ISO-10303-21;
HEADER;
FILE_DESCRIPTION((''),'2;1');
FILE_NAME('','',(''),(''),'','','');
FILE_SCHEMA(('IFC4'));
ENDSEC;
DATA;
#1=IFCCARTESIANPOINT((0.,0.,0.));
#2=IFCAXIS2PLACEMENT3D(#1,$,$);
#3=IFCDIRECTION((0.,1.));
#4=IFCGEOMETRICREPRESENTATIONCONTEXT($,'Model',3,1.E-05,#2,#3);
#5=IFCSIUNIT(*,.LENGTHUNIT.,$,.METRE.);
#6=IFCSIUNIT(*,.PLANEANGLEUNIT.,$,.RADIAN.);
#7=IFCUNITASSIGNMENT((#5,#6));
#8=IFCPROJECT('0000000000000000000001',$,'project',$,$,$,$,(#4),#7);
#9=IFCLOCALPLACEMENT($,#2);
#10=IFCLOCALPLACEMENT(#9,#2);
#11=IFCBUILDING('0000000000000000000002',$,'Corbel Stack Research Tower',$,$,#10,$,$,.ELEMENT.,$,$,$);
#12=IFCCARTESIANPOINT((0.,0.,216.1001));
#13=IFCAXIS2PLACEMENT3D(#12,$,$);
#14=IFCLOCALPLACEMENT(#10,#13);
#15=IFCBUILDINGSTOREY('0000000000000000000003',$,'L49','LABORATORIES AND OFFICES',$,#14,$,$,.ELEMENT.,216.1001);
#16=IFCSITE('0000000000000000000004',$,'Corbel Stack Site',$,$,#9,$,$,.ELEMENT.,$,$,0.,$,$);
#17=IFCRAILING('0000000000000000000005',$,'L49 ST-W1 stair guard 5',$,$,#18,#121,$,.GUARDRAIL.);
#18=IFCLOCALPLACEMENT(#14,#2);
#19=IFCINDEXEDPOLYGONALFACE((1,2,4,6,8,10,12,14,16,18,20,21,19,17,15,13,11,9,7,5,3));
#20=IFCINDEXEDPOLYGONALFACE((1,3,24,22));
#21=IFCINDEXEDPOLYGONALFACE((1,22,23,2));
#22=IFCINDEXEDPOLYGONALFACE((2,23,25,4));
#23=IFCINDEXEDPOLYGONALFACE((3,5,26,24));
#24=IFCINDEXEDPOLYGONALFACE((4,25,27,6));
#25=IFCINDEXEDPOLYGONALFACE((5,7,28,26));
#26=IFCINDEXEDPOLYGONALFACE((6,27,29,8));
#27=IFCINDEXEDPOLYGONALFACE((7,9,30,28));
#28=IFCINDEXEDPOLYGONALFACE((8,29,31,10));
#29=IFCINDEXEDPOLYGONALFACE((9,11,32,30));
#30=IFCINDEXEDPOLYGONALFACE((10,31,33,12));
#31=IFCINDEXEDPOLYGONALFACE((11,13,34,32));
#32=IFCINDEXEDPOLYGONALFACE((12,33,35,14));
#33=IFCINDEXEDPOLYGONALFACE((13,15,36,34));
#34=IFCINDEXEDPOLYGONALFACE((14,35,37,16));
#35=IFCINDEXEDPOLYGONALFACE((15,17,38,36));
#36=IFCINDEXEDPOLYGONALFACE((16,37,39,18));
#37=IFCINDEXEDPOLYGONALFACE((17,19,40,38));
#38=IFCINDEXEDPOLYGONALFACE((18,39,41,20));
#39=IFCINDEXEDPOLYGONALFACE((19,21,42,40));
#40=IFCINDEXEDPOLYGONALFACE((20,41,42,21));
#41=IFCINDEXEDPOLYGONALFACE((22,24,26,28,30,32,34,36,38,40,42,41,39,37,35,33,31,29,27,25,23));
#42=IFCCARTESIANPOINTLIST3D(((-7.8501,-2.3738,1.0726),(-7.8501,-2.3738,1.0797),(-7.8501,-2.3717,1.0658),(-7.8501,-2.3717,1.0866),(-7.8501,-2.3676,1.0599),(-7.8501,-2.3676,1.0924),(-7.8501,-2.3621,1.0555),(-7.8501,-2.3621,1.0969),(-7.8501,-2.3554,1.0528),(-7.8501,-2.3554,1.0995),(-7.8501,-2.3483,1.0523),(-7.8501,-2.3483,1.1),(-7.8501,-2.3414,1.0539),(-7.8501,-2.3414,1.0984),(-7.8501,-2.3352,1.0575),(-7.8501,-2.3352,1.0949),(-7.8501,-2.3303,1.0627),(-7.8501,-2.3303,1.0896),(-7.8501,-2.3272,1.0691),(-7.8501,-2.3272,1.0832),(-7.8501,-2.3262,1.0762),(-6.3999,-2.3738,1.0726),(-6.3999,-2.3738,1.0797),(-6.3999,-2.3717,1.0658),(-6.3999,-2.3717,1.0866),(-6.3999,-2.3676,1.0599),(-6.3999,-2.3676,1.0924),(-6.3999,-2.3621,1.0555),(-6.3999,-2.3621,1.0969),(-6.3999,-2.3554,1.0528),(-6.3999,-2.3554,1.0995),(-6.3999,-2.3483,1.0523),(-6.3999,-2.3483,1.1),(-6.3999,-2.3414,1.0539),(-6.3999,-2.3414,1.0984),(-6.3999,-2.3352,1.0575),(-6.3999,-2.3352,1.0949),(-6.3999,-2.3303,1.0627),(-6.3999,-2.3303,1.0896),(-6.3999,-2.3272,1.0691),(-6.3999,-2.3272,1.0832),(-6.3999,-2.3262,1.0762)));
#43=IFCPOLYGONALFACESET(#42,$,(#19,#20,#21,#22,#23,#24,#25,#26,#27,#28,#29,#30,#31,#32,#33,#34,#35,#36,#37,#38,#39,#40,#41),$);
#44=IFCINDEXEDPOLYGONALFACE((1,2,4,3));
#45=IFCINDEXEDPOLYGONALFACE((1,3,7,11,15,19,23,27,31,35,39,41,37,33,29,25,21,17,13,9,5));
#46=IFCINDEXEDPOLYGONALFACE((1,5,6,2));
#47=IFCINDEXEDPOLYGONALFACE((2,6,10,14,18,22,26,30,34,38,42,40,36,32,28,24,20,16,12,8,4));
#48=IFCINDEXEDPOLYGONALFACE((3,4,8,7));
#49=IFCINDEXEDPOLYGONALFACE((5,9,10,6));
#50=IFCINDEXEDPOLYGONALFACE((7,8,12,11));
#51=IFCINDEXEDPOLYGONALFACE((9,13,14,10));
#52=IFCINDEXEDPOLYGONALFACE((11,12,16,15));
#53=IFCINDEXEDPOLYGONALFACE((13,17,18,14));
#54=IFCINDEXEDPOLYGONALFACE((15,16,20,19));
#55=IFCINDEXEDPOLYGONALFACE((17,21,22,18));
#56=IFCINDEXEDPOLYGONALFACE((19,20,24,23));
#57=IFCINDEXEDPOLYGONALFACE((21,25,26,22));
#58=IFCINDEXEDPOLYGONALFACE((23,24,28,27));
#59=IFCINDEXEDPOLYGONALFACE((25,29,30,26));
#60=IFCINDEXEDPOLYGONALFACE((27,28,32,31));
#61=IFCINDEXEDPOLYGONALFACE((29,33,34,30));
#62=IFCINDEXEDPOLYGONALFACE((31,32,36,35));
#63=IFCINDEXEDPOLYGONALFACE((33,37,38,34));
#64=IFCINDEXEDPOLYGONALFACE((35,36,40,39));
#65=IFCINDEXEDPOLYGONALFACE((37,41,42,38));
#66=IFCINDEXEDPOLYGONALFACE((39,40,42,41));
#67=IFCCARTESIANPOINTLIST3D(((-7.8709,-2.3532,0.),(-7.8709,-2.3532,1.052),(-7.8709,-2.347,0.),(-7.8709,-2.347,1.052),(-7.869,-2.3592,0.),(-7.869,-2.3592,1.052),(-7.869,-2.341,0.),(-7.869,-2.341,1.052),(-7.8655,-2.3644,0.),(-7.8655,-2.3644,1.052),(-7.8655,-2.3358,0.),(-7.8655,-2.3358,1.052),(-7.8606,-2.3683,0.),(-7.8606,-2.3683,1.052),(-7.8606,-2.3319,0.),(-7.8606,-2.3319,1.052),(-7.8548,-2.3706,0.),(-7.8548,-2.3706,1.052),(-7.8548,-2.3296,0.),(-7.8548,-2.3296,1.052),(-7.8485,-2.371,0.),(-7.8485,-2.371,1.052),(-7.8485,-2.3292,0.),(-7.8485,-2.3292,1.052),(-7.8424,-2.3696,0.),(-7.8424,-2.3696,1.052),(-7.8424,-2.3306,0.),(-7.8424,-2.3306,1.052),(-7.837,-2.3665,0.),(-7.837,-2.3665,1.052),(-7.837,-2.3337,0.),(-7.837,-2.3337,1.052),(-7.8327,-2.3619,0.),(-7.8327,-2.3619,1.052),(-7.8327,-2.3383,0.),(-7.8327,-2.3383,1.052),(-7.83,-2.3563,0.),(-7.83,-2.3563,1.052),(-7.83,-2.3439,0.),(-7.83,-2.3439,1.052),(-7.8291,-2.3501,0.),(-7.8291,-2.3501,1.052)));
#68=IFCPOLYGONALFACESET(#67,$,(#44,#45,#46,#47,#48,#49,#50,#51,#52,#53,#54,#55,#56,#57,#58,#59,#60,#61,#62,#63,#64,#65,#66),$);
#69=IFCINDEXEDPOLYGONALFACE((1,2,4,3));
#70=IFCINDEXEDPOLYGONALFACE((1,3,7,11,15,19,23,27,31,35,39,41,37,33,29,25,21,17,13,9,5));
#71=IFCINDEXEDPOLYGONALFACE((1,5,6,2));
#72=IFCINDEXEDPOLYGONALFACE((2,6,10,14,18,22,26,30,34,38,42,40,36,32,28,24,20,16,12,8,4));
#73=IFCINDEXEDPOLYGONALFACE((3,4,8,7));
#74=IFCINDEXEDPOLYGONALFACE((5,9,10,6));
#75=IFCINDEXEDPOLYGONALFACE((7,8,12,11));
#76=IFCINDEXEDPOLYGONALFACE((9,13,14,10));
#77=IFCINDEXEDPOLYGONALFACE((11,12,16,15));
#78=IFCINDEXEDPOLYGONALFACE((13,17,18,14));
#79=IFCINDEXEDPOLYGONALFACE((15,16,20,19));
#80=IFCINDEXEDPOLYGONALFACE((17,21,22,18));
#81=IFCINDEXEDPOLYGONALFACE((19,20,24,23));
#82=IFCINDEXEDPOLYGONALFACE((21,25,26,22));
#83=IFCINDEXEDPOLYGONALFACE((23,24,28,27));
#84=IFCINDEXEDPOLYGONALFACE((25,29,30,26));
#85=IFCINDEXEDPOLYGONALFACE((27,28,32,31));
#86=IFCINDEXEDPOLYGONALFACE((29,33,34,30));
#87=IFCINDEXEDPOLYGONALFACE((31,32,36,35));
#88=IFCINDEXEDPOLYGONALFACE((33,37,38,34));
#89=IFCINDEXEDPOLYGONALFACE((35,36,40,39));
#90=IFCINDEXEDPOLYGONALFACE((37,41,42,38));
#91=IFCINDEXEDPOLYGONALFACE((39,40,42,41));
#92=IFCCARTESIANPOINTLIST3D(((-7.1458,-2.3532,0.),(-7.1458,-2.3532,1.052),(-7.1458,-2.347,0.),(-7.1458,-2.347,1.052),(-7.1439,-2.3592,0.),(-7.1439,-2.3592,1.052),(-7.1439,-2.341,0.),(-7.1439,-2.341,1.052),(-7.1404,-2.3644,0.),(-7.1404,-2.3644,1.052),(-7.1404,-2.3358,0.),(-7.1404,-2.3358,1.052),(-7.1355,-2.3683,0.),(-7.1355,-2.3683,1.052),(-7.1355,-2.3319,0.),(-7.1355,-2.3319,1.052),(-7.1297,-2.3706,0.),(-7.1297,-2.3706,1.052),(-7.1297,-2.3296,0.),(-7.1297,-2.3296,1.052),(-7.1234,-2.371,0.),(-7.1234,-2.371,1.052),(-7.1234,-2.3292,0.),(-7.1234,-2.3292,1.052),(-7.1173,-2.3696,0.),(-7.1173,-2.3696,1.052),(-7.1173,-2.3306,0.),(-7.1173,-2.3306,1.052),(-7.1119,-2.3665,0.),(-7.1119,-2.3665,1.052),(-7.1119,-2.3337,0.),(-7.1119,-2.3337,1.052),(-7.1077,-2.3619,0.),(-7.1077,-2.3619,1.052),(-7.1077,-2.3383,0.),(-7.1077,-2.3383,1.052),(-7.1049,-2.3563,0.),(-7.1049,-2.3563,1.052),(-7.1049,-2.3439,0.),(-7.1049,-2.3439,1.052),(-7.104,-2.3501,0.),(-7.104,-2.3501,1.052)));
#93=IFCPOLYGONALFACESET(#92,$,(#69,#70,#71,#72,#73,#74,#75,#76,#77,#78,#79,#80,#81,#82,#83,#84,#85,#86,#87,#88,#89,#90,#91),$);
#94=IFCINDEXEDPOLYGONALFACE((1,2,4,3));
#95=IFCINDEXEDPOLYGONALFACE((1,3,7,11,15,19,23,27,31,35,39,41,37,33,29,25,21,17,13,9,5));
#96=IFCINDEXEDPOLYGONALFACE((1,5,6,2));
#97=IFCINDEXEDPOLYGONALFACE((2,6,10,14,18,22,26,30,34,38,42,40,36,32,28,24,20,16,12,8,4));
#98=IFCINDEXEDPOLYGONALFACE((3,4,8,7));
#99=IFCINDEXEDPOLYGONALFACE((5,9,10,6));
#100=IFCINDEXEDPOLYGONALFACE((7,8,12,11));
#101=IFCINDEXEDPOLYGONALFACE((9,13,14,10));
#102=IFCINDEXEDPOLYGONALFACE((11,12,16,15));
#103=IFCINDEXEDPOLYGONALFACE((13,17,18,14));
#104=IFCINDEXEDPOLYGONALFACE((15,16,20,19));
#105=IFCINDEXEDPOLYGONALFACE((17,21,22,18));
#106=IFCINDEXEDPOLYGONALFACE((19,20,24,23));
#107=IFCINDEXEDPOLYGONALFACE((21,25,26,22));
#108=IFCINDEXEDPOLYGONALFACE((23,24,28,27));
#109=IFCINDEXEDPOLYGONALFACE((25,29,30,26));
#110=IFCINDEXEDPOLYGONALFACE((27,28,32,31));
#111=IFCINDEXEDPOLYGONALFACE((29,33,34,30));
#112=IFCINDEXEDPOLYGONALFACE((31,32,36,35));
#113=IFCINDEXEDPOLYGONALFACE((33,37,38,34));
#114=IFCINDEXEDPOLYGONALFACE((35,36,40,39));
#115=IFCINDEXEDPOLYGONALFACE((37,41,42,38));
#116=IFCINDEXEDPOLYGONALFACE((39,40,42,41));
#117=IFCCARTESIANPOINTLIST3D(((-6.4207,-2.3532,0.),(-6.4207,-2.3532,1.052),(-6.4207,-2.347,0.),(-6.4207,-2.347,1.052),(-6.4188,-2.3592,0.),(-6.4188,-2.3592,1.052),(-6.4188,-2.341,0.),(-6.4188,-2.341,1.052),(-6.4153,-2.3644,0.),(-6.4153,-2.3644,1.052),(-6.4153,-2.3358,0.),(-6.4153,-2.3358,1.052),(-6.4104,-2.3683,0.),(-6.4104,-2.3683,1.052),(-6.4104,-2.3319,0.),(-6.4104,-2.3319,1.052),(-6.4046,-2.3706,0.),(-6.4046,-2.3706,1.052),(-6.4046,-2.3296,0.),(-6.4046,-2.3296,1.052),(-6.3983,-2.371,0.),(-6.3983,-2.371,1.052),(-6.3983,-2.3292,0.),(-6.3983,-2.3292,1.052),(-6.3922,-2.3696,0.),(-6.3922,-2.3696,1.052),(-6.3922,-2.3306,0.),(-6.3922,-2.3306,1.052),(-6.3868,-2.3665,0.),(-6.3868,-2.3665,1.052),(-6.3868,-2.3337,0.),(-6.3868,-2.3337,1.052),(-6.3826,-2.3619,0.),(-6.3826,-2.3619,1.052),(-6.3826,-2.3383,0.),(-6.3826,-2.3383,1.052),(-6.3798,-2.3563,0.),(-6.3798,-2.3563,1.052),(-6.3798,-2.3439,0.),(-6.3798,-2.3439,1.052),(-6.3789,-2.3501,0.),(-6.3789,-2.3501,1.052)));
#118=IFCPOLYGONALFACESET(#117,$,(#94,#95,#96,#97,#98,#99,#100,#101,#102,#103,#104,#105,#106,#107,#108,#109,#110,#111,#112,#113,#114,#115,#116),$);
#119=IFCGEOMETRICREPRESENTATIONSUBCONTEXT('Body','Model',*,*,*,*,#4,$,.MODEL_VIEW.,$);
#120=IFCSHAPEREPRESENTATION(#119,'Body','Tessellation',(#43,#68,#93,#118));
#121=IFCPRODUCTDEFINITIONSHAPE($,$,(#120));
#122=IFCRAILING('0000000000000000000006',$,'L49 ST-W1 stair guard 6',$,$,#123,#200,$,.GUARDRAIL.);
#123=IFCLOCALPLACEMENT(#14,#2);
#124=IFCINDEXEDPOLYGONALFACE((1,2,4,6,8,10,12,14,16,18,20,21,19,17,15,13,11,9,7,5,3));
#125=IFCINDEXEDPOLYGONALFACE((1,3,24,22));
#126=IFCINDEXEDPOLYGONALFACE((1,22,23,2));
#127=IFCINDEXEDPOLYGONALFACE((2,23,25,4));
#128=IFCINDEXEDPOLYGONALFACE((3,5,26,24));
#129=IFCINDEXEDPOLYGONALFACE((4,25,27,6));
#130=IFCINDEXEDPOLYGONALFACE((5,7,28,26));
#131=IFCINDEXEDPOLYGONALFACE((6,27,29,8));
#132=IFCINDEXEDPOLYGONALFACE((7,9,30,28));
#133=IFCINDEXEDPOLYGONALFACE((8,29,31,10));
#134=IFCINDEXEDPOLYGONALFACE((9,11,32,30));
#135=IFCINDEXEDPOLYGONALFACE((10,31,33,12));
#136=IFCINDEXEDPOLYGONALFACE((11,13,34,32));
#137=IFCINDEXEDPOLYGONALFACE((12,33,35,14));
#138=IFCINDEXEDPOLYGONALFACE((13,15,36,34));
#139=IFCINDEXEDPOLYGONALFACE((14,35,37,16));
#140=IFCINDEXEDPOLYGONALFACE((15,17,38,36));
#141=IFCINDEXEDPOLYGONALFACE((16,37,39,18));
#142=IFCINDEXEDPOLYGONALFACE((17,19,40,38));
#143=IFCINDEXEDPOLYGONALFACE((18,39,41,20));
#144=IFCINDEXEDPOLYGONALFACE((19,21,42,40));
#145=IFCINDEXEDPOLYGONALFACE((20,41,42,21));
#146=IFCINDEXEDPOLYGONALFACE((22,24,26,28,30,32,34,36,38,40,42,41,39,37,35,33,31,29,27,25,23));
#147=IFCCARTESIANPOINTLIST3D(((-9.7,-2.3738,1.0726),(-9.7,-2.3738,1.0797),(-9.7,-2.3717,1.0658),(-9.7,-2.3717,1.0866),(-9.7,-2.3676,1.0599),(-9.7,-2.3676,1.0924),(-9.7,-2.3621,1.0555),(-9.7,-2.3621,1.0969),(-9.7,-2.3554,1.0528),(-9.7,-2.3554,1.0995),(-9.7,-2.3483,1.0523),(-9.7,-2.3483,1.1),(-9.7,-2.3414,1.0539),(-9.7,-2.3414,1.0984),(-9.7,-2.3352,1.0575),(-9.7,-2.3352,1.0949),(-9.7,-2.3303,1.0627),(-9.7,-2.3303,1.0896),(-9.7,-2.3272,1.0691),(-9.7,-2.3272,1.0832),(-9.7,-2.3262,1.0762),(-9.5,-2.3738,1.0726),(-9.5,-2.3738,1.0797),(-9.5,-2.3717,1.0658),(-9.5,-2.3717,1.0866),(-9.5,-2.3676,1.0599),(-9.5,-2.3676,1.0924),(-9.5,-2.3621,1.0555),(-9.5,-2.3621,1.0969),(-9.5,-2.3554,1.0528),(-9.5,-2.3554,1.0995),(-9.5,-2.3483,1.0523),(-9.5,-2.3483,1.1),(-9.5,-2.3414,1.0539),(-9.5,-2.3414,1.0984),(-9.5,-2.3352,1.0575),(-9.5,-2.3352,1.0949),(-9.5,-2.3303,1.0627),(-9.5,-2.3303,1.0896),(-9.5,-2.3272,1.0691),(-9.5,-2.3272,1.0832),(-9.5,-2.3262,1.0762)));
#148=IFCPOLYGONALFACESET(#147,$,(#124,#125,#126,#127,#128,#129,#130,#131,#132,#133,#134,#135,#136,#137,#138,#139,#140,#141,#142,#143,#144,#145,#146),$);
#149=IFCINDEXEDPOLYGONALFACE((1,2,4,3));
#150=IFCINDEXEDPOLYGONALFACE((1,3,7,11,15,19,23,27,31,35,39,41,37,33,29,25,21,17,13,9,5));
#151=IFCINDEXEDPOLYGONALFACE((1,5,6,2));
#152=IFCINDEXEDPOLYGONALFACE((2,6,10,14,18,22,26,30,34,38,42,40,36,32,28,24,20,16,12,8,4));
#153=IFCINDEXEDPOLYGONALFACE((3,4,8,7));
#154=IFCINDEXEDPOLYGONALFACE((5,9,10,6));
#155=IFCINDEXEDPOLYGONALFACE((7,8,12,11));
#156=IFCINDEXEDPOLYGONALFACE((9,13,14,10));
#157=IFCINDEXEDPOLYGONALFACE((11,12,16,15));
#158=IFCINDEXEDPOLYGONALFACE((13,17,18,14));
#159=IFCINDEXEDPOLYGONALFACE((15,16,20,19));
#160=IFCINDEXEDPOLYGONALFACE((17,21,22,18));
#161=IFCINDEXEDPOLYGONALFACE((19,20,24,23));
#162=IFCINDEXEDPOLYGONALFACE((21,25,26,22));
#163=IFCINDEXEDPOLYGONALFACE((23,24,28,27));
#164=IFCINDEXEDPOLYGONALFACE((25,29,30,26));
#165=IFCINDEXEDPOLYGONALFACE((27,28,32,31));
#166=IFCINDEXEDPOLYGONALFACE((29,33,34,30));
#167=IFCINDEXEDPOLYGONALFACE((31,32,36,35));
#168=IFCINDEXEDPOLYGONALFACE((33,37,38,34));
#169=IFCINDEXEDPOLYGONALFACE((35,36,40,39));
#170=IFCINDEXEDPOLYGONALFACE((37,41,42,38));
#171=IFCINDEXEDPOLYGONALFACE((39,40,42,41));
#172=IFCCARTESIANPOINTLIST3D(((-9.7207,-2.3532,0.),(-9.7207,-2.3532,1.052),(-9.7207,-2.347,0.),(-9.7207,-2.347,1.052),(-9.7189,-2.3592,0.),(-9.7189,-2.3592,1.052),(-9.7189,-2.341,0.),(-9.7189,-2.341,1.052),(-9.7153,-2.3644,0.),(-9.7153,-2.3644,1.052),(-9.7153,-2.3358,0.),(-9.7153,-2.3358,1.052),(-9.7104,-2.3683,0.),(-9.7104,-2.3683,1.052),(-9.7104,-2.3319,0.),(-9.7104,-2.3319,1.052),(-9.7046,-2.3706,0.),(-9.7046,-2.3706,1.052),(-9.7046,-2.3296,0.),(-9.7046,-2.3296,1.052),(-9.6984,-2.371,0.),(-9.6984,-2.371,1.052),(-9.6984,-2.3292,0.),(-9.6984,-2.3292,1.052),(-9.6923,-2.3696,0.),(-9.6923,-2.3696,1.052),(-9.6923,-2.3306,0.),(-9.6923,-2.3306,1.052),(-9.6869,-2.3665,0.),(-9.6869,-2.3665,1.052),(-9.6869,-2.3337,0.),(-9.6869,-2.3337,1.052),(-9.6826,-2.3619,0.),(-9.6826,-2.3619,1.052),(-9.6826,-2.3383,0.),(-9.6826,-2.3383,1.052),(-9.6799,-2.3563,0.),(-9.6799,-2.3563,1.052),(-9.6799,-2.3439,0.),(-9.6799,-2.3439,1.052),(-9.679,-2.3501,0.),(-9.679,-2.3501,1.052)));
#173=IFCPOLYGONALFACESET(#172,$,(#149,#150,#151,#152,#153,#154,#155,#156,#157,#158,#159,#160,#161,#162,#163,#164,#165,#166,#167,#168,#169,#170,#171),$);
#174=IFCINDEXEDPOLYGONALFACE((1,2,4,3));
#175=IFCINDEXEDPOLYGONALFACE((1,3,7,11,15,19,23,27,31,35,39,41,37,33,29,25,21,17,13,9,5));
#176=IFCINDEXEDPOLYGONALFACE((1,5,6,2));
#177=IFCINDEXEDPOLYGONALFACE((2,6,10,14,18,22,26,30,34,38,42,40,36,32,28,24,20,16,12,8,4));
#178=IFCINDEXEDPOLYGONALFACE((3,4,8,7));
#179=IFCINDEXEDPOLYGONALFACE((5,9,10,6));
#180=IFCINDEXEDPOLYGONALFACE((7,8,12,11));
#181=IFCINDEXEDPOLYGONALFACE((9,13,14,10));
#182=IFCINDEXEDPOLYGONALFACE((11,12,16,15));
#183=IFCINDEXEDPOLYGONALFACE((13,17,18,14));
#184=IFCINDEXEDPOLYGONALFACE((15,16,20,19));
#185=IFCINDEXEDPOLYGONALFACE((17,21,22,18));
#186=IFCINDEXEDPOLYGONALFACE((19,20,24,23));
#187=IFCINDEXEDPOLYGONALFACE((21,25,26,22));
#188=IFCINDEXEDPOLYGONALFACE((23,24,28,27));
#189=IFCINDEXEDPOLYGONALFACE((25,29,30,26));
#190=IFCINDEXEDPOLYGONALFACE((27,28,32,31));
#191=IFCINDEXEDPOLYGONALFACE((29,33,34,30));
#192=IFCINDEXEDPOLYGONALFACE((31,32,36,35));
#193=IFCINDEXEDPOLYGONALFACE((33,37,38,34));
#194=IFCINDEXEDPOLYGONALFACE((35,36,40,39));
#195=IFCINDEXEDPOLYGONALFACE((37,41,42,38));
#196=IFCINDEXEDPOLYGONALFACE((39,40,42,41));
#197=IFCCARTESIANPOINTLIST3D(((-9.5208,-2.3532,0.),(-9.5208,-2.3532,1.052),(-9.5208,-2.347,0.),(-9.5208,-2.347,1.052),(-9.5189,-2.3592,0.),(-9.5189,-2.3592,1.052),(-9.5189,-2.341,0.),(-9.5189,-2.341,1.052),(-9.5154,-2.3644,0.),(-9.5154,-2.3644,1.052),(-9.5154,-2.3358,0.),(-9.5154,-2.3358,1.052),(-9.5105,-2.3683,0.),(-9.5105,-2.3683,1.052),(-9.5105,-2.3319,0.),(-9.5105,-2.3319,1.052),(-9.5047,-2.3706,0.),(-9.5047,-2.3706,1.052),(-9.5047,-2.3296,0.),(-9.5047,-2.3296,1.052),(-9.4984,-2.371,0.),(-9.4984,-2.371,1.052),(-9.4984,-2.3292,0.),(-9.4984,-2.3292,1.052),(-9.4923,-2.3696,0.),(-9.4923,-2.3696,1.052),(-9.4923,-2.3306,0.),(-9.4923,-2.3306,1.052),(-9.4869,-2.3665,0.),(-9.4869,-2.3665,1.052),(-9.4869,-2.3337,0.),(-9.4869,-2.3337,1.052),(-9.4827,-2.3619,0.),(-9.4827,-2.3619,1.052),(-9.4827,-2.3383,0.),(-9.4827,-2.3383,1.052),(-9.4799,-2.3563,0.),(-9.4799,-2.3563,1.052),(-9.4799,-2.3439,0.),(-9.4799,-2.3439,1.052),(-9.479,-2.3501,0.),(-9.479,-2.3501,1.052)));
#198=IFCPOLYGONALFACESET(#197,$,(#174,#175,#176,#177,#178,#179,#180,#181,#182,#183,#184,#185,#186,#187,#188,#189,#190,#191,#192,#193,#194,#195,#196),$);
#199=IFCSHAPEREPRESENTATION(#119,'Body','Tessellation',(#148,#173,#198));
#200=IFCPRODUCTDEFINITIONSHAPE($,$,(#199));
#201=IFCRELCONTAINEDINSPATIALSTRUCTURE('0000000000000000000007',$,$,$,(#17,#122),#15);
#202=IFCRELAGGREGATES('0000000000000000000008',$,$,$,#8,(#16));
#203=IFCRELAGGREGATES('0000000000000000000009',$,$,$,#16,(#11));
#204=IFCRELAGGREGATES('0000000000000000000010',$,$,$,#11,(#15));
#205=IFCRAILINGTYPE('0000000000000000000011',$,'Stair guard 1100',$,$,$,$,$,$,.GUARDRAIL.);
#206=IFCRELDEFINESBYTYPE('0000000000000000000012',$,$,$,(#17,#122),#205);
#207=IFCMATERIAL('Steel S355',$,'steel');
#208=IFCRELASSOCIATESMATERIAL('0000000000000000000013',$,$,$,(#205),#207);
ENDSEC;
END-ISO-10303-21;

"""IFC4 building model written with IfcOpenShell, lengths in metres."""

from ifc_helpers import new_model, si_unit, direction, frame, origin, origin_2d, place, context, subcontext, project, spatial, circle, extrude, material, type_object, element, save


model = new_model("IFC4")

# Units and contexts
model_context = context("Model", 3, precision=1e-05, world=origin(), true_north=direction((0.0, 1.0)))
body_context = subcontext(model_context, "Body", "Model", "MODEL_VIEW")
ifc_project = project(units=[si_unit("LENGTHUNIT", "METRE"), si_unit("PLANEANGLEUNIT", "RADIAN")], contexts=[model_context])

# Site, building, storey
site_placement = place(None, origin())
site = spatial("IfcSite", under=ifc_project, at=site_placement, Name="Corbel Stack Site", CompositionType="ELEMENT", RefElevation=0.0)
building_placement = place(site_placement, origin())
building = spatial("IfcBuilding", under=site, at=building_placement, Name="Corbel Stack Research Tower", CompositionType="ELEMENT")
storey_placement = place(building_placement, frame((0.0, 0.0, 216.1001)))
storey = spatial("IfcBuildingStorey", under=building, at=storey_placement, Name="L49", Description="LABORATORIES AND OFFICES", CompositionType="ELEMENT", Elevation=216.1001)

# Railings
ifc_material_1 = material(Name="Steel S355", Category="steel")
railing_type_1 = type_object("IfcRailingType", Name="Stair guard 1100", PredefinedType="GUARDRAIL", material=ifc_material_1)
railing_1_placement = place(storey_placement, frame((-7.8501, -2.3501, 0.0)))
element("IfcRailing", 1, at=railing_1_placement, inside=storey, type_object=railing_type_1, Name="L49 ST-W1 stair guard 5", PredefinedType="GUARDRAIL", context=body_context, shape_type="SweptSolid", body=[
    extrude(circle(Radius=0.0239, at=origin_2d()), frame((0.0, 0.0, 1.0762), z_axis=(1.0, 0.0, 0.0), x_axis=(0.0, 1.0, 0.0)), (0.0, 0.0, 1.0), 1.4502),
    extrude(circle(Radius=0.021, at=origin_2d()), origin(), (0.0, 0.0, 1.0), 1.052),
    extrude(circle(Radius=0.021, at=origin_2d()), frame((0.7251, 0.0, 0.0)), (0.0, 0.0, 1.0), 1.052),
    extrude(circle(Radius=0.021, at=origin_2d()), frame((1.4502, 0.0, 0.0)), (0.0, 0.0, 1.0), 1.052),
])
railing_2_placement = place(storey_placement, frame((-9.7, -2.3501, 0.0)))
element("IfcRailing", 2, at=railing_2_placement, inside=storey, type_object=railing_type_1, Name="L49 ST-W1 stair guard 6", PredefinedType="GUARDRAIL", context=body_context, shape_type="SweptSolid", body=[
    extrude(circle(Radius=0.0239, at=origin_2d()), frame((0.0, 0.0, 1.0762), z_axis=(1.0, 0.0, 0.0), x_axis=(0.0, 1.0, 0.0)), (0.0, 0.0, 1.0), 0.2),
    extrude(circle(Radius=0.021, at=origin_2d()), origin(), (0.0, 0.0, 1.0), 1.052),
    extrude(circle(Radius=0.021, at=origin_2d()), frame((0.2, 0.0, 0.0)), (0.0, 0.0, 1.0), 1.052),
])

save(model, "model.ifc")
